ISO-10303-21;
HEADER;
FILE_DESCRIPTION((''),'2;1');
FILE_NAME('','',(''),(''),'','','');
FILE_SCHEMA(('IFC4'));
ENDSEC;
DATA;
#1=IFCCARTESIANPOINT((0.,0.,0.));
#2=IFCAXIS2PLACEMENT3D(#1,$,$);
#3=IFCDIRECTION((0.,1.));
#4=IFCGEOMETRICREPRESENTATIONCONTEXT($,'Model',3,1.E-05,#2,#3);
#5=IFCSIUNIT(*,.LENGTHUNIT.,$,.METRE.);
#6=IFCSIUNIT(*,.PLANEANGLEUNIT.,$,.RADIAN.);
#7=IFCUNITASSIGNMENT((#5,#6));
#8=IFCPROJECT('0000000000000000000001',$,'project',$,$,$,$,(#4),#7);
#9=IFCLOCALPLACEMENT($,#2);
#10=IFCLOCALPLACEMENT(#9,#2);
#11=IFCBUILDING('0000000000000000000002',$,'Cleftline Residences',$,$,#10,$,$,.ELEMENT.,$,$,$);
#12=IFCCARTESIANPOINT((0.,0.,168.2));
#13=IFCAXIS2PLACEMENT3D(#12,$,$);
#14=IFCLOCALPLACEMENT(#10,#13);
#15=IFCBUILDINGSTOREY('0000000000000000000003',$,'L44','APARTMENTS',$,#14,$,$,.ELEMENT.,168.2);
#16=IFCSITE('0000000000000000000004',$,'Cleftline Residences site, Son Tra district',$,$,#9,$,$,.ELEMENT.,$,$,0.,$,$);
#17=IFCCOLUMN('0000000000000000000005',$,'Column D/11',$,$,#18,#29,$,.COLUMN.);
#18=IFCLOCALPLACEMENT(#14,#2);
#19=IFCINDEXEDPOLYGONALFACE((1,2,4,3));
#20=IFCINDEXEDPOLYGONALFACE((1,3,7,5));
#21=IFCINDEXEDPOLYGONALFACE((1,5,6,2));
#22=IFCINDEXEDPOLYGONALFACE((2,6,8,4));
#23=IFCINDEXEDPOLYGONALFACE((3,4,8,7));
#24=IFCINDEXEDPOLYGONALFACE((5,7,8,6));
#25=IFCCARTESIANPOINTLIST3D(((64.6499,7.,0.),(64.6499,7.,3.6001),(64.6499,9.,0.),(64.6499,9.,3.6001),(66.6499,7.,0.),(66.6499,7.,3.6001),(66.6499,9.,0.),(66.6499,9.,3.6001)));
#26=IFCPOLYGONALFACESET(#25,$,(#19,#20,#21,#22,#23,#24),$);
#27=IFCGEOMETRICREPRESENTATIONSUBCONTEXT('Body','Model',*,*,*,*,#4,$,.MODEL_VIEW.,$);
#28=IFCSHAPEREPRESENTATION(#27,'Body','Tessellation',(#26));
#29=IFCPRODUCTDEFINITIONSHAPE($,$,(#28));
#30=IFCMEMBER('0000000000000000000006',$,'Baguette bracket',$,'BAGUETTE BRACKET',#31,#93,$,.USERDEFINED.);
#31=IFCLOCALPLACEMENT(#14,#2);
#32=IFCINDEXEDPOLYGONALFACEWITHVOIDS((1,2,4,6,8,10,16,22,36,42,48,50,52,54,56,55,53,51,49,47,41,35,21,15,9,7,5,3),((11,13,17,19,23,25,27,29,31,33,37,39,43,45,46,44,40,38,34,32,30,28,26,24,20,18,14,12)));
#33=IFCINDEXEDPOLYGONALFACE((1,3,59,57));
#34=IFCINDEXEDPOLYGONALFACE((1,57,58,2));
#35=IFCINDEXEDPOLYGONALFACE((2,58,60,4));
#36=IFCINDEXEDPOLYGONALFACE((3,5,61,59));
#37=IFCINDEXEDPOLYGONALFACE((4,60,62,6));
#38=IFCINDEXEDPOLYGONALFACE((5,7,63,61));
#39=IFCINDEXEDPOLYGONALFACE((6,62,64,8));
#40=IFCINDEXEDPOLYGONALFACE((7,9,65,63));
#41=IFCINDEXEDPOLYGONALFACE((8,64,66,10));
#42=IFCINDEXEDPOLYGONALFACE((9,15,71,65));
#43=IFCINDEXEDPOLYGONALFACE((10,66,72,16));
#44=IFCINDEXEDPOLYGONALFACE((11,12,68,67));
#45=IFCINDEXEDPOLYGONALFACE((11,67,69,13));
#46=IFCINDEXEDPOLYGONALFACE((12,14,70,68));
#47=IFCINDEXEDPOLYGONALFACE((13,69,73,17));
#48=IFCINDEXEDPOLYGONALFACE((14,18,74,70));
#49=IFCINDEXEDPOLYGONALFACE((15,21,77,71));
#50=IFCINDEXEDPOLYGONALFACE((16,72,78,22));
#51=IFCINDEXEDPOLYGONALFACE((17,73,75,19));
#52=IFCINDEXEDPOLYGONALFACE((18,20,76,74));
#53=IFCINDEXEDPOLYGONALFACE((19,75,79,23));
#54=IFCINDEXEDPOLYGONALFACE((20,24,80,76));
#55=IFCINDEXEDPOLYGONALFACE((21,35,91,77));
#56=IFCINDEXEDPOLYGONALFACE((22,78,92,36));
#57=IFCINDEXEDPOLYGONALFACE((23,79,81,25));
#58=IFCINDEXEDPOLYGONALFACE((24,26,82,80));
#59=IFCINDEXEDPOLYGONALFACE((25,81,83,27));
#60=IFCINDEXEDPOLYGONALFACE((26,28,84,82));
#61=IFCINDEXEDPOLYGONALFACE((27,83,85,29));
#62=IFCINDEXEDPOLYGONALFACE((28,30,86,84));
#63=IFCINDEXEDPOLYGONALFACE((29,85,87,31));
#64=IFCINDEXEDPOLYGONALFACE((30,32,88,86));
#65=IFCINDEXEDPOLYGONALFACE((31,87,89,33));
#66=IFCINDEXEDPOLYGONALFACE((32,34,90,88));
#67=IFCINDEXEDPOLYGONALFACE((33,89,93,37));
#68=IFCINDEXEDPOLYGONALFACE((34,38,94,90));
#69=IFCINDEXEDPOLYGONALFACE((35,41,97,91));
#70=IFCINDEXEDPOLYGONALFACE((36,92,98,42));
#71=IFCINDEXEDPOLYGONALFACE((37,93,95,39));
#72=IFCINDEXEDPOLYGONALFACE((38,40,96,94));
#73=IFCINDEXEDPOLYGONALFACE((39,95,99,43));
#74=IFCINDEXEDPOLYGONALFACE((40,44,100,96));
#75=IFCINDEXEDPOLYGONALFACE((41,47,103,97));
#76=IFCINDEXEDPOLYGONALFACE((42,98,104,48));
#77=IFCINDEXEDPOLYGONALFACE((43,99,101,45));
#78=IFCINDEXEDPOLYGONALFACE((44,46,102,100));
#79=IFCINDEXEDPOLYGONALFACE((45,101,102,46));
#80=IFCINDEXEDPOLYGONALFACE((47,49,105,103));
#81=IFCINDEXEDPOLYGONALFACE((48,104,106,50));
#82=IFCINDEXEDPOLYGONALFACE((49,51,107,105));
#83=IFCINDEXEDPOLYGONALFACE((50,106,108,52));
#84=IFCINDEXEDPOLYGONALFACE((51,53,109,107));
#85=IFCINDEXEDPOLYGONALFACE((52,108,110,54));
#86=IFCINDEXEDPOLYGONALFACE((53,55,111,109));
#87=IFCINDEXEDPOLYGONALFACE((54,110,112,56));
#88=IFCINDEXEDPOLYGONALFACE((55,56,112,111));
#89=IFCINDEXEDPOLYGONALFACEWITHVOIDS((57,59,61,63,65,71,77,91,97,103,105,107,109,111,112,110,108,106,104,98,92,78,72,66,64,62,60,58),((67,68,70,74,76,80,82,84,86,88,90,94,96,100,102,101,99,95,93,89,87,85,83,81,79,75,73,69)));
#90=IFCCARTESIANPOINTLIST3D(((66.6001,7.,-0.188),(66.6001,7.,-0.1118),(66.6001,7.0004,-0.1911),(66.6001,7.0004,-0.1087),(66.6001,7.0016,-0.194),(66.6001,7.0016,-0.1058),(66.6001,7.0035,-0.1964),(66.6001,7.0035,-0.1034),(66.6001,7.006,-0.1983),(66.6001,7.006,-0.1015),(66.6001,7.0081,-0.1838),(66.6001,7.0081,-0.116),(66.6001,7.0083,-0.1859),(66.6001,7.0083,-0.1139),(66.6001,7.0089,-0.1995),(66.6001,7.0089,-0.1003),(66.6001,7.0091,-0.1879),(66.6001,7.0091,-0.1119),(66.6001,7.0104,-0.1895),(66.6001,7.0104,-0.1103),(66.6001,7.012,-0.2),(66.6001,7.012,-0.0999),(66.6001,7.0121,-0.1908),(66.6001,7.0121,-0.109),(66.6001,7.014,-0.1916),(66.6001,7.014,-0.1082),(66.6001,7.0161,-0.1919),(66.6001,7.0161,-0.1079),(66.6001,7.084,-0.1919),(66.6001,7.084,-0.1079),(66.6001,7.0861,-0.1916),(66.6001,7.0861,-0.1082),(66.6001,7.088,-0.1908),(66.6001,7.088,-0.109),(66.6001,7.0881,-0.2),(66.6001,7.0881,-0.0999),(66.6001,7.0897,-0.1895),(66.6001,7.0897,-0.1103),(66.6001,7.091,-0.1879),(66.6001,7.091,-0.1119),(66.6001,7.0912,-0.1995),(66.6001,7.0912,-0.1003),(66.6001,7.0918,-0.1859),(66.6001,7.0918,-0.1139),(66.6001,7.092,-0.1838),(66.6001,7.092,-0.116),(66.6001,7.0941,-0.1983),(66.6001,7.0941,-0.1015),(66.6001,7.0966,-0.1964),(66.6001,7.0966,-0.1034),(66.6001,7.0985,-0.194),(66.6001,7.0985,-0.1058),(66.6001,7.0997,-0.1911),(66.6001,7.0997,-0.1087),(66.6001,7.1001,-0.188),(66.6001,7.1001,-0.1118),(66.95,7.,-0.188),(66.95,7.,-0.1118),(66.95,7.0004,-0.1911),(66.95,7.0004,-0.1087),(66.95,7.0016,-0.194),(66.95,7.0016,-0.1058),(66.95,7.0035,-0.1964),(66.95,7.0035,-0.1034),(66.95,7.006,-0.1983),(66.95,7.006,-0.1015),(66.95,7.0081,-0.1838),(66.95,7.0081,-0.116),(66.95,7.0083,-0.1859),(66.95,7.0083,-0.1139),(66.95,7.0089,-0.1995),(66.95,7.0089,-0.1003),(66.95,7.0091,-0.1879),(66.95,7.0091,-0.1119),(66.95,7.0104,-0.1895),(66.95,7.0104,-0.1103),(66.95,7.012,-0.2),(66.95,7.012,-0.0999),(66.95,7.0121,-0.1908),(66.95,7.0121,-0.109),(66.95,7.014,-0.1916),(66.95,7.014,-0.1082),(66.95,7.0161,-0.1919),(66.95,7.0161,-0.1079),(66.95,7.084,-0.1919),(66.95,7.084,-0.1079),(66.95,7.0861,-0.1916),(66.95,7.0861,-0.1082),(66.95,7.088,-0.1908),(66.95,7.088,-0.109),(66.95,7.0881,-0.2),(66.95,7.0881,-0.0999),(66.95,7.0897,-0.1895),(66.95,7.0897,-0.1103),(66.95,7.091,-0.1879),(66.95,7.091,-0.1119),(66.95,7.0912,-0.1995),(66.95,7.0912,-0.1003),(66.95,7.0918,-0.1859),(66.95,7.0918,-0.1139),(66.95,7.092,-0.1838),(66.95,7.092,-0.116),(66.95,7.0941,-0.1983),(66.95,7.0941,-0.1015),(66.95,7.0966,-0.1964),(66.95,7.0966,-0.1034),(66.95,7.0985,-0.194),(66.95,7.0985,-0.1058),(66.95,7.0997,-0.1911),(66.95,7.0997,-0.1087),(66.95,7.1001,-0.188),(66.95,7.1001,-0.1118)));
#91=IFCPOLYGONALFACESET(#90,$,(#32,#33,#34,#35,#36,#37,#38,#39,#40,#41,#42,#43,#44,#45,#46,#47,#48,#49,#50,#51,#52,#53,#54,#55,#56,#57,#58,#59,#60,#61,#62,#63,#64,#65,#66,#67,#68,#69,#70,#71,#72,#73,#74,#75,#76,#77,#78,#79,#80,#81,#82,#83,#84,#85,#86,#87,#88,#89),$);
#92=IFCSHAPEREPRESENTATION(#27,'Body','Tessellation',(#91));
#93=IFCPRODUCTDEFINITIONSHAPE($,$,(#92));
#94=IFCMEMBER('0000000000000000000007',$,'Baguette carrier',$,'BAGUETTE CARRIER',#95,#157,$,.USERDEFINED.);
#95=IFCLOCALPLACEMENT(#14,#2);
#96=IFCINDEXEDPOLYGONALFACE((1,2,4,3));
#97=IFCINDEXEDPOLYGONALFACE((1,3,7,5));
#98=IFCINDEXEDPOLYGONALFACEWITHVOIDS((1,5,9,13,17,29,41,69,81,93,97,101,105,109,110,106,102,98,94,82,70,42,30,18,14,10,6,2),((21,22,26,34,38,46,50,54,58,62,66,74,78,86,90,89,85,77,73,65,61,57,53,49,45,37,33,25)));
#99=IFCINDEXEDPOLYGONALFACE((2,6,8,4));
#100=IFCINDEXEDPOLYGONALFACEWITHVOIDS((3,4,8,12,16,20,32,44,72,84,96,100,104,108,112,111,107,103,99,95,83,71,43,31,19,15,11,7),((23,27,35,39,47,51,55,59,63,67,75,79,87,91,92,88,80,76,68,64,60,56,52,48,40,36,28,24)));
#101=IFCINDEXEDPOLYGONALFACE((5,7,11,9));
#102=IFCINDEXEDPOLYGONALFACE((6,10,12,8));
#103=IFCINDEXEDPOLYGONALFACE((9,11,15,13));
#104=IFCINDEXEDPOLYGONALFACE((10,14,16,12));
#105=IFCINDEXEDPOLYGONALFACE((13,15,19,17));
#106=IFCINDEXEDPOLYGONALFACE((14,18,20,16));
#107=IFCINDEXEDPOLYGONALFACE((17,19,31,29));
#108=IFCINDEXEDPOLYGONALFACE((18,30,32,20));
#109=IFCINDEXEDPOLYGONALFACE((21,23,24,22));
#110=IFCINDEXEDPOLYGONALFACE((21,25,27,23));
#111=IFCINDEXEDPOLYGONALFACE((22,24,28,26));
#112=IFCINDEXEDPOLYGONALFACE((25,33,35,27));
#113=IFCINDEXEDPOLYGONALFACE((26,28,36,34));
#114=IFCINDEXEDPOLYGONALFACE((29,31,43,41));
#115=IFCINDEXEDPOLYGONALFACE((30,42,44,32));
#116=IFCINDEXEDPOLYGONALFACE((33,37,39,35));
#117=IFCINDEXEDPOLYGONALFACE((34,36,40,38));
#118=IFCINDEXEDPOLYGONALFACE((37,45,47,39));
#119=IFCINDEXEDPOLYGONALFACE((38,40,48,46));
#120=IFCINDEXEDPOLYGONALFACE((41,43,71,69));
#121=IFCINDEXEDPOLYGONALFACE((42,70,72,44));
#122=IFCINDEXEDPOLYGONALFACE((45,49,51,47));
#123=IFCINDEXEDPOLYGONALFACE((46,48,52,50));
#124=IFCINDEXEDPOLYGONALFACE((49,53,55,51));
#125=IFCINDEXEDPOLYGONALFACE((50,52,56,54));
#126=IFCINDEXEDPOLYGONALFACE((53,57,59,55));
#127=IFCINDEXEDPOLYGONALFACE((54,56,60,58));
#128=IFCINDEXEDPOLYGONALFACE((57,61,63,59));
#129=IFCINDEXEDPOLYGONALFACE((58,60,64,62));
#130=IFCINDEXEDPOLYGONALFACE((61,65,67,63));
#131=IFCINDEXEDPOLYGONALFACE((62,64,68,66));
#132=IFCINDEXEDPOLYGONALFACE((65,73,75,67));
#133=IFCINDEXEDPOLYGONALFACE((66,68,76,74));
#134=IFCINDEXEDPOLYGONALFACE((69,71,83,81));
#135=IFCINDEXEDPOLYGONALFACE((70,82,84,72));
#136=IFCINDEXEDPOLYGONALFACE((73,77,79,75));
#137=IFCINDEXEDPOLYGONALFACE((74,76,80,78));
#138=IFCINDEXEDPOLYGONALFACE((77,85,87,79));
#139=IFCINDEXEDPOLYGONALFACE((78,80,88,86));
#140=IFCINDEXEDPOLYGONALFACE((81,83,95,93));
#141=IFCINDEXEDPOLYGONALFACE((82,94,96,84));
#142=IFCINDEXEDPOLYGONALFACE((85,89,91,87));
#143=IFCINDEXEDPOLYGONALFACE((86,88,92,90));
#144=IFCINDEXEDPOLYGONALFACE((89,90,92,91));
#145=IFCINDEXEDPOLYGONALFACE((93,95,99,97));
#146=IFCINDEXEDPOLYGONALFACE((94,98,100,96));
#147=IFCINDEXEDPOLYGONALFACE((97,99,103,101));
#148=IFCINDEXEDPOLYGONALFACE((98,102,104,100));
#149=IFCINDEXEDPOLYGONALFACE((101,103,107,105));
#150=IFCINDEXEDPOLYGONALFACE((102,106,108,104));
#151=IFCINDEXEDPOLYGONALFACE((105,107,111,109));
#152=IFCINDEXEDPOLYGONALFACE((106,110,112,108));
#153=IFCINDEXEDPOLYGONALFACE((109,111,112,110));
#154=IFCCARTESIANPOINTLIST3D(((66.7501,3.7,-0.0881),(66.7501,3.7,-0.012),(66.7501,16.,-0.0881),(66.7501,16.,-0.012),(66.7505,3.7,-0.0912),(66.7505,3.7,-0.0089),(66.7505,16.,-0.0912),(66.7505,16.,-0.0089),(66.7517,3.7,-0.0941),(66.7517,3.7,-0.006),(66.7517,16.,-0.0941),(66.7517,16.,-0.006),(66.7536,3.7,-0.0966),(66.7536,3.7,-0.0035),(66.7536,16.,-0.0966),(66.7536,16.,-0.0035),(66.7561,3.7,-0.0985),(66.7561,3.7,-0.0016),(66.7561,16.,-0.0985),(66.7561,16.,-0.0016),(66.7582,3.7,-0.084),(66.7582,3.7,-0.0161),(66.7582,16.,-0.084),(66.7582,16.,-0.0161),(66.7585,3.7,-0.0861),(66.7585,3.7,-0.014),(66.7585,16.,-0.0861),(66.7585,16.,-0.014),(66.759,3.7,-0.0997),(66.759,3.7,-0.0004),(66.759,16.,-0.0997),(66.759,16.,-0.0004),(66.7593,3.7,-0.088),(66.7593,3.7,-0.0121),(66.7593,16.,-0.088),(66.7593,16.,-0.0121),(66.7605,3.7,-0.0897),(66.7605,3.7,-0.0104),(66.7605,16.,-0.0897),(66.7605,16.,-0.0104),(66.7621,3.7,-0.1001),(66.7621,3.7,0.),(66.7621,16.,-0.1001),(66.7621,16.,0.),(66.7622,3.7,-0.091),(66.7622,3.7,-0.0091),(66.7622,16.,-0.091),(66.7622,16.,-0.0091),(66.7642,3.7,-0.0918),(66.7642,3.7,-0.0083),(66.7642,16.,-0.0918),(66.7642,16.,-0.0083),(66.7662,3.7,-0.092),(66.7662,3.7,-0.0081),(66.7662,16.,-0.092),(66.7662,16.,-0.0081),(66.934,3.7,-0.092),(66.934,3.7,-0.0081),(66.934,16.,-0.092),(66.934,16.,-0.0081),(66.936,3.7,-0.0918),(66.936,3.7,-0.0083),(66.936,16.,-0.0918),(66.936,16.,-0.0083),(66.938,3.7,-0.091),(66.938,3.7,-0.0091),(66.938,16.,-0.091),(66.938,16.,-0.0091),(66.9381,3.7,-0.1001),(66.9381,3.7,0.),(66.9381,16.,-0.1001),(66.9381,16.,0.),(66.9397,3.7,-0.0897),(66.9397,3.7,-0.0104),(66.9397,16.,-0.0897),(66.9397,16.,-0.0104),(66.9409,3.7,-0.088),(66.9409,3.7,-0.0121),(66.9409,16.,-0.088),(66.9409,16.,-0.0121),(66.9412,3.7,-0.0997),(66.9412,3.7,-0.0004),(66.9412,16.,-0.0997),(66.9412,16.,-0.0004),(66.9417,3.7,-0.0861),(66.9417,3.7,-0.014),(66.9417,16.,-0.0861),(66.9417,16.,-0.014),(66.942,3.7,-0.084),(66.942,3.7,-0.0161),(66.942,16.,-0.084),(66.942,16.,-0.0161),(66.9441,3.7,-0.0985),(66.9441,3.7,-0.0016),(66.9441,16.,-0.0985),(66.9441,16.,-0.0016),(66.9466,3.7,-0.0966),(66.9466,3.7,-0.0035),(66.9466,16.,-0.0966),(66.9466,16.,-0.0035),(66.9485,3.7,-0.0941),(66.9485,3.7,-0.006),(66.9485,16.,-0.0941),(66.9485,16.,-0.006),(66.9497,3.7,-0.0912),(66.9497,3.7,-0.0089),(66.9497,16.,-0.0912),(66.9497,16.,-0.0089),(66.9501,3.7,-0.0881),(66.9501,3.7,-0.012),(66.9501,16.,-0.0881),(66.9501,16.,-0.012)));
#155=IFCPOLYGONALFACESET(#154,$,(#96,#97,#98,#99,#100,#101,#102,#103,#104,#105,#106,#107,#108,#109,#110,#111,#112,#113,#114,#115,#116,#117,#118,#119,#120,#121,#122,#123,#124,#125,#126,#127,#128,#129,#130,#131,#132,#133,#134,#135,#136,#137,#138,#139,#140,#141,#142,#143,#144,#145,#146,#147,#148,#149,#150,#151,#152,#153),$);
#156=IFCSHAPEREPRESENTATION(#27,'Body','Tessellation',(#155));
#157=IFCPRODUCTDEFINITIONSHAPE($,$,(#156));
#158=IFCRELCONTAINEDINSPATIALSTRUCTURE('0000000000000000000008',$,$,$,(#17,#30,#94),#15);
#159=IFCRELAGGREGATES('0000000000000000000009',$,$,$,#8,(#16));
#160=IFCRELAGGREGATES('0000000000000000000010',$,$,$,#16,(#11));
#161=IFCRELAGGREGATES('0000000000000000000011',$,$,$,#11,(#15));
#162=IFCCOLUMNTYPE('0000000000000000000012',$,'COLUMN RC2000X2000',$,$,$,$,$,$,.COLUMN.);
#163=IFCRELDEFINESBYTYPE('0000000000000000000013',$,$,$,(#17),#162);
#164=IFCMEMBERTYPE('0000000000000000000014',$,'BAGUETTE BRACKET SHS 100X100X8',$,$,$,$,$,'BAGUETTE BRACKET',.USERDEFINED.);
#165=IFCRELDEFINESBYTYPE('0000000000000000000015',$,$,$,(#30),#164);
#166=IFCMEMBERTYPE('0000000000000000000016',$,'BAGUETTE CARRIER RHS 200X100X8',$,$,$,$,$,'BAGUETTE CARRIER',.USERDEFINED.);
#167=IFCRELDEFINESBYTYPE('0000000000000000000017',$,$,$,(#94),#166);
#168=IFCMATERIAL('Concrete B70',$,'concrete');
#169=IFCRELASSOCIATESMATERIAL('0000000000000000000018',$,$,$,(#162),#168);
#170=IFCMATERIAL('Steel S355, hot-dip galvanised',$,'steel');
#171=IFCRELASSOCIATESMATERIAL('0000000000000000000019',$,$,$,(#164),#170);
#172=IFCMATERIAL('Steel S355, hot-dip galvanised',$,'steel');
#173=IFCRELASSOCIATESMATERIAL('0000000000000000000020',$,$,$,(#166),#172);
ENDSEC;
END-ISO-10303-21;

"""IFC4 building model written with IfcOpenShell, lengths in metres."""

from ifc_helpers import new_model, si_unit, direction, frame, origin, origin_2d, place, context, subcontext, project, spatial, rectangle, hollow_rectangle, extrude, material, material_profile, profile_set, type_object, element, save


model = new_model("IFC4")

# Units and contexts
model_context = context("Model", 3, precision=1e-05, world=origin(), true_north=direction((0.0, 1.0)))
body_context = subcontext(model_context, "Body", "Model", "MODEL_VIEW")
ifc_project = project(units=[si_unit("LENGTHUNIT", "METRE"), si_unit("PLANEANGLEUNIT", "RADIAN")], contexts=[model_context])

# Site, building, storey
site_placement = place(None, origin())
site = spatial("IfcSite", under=ifc_project, at=site_placement, Name="Cleftline Residences site, Son Tra district", CompositionType="ELEMENT", RefElevation=0.0)
building_placement = place(site_placement, origin())
building = spatial("IfcBuilding", under=site, at=building_placement, Name="Cleftline Residences", CompositionType="ELEMENT")
storey_placement = place(building_placement, frame((0.0, 0.0, 168.2)))
storey = spatial("IfcBuildingStorey", under=building, at=storey_placement, Name="L44", Description="APARTMENTS", CompositionType="ELEMENT", Elevation=168.2)

# Column
ifc_material_1 = material(Name="Concrete B70", Category="concrete")
ifc_material_profile_1 = material_profile(ifc_material_1, rectangle(XDim=2.0, YDim=2.0, at=origin_2d()))
ifc_profile_set_1 = profile_set([ifc_material_profile_1], Name="Concrete B70")
column_type = type_object("IfcColumnType", Name="COLUMN RC2000X2000", PredefinedType="COLUMN", material=ifc_profile_set_1)
column_placement = place(storey_placement, frame((65.6499, 8.0, 0.0), z_axis=(0.0, 0.0, 1.0), x_axis=(1.0, 0.0, 0.0)))
element("IfcColumn", 1, at=column_placement, inside=storey, type_object=column_type, Name="Column D/11", PredefinedType="COLUMN", context=body_context, shape_type="SweptSolid", body=[
    extrude(rectangle(XDim=2.0, YDim=2.0, at=origin_2d()), origin(), (0.0, 0.0, 1.0), 3.6001),
])

# Members
ifc_material_2 = material(Name="Steel S355, hot-dip galvanised", Category="steel")
ifc_material_profile_2 = material_profile(ifc_material_2, hollow_rectangle(XDim=0.1001, YDim=0.1001, WallThickness=0.0081, InnerFilletRadius=0.0081, OuterFilletRadius=0.012, at=origin_2d()))
ifc_profile_set_2 = profile_set([ifc_material_profile_2], Name="Steel S355, hot-dip galvanised")
member_type_1 = type_object("IfcMemberType", Name="BAGUETTE BRACKET SHS 100X100X8", ElementType="BAGUETTE BRACKET", PredefinedType="USERDEFINED", material=ifc_profile_set_2)
member_1_placement = place(storey_placement, frame((66.6001, 7.05, -0.1499), z_axis=(1.0, 0.0, 0.0), x_axis=(0.0, 1.0, 0.0)))
element("IfcMember", 2, at=member_1_placement, inside=storey, type_object=member_type_1, Name="Baguette bracket", ObjectType="BAGUETTE BRACKET", PredefinedType="USERDEFINED", context=body_context, shape_type="SweptSolid", body=[
    extrude(hollow_rectangle(XDim=0.1001, YDim=0.1001, WallThickness=0.0081, InnerFilletRadius=0.0081, OuterFilletRadius=0.012, at=origin_2d()), origin(), (0.0, 0.0, 1.0), 0.3499),
])
ifc_material_3 = material(Name="Steel S355, hot-dip galvanised", Category="steel")
ifc_material_profile_3 = material_profile(ifc_material_3, hollow_rectangle(XDim=0.1001, YDim=0.2, WallThickness=0.0081, InnerFilletRadius=0.0081, OuterFilletRadius=0.012, at=origin_2d()))
ifc_profile_set_3 = profile_set([ifc_material_profile_3], Name="Steel S355, hot-dip galvanised")
member_type_2 = type_object("IfcMemberType", Name="BAGUETTE CARRIER RHS 200X100X8", ElementType="BAGUETTE CARRIER", PredefinedType="USERDEFINED", material=ifc_profile_set_3)
member_2_placement = place(storey_placement, frame((66.8501, 3.7, -0.05), z_axis=(0.0, 1.0, 0.0), x_axis=(0.0, 0.0, 1.0)))
element("IfcMember", 3, at=member_2_placement, inside=storey, type_object=member_type_2, Name="Baguette carrier", ObjectType="BAGUETTE CARRIER", PredefinedType="USERDEFINED", context=body_context, shape_type="SweptSolid", body=[
    extrude(hollow_rectangle(XDim=0.1001, YDim=0.2, WallThickness=0.0081, InnerFilletRadius=0.0081, OuterFilletRadius=0.012, at=origin_2d()), origin(), (0.0, 0.0, 1.0), 12.3),
])

save(model, "model.ifc")
